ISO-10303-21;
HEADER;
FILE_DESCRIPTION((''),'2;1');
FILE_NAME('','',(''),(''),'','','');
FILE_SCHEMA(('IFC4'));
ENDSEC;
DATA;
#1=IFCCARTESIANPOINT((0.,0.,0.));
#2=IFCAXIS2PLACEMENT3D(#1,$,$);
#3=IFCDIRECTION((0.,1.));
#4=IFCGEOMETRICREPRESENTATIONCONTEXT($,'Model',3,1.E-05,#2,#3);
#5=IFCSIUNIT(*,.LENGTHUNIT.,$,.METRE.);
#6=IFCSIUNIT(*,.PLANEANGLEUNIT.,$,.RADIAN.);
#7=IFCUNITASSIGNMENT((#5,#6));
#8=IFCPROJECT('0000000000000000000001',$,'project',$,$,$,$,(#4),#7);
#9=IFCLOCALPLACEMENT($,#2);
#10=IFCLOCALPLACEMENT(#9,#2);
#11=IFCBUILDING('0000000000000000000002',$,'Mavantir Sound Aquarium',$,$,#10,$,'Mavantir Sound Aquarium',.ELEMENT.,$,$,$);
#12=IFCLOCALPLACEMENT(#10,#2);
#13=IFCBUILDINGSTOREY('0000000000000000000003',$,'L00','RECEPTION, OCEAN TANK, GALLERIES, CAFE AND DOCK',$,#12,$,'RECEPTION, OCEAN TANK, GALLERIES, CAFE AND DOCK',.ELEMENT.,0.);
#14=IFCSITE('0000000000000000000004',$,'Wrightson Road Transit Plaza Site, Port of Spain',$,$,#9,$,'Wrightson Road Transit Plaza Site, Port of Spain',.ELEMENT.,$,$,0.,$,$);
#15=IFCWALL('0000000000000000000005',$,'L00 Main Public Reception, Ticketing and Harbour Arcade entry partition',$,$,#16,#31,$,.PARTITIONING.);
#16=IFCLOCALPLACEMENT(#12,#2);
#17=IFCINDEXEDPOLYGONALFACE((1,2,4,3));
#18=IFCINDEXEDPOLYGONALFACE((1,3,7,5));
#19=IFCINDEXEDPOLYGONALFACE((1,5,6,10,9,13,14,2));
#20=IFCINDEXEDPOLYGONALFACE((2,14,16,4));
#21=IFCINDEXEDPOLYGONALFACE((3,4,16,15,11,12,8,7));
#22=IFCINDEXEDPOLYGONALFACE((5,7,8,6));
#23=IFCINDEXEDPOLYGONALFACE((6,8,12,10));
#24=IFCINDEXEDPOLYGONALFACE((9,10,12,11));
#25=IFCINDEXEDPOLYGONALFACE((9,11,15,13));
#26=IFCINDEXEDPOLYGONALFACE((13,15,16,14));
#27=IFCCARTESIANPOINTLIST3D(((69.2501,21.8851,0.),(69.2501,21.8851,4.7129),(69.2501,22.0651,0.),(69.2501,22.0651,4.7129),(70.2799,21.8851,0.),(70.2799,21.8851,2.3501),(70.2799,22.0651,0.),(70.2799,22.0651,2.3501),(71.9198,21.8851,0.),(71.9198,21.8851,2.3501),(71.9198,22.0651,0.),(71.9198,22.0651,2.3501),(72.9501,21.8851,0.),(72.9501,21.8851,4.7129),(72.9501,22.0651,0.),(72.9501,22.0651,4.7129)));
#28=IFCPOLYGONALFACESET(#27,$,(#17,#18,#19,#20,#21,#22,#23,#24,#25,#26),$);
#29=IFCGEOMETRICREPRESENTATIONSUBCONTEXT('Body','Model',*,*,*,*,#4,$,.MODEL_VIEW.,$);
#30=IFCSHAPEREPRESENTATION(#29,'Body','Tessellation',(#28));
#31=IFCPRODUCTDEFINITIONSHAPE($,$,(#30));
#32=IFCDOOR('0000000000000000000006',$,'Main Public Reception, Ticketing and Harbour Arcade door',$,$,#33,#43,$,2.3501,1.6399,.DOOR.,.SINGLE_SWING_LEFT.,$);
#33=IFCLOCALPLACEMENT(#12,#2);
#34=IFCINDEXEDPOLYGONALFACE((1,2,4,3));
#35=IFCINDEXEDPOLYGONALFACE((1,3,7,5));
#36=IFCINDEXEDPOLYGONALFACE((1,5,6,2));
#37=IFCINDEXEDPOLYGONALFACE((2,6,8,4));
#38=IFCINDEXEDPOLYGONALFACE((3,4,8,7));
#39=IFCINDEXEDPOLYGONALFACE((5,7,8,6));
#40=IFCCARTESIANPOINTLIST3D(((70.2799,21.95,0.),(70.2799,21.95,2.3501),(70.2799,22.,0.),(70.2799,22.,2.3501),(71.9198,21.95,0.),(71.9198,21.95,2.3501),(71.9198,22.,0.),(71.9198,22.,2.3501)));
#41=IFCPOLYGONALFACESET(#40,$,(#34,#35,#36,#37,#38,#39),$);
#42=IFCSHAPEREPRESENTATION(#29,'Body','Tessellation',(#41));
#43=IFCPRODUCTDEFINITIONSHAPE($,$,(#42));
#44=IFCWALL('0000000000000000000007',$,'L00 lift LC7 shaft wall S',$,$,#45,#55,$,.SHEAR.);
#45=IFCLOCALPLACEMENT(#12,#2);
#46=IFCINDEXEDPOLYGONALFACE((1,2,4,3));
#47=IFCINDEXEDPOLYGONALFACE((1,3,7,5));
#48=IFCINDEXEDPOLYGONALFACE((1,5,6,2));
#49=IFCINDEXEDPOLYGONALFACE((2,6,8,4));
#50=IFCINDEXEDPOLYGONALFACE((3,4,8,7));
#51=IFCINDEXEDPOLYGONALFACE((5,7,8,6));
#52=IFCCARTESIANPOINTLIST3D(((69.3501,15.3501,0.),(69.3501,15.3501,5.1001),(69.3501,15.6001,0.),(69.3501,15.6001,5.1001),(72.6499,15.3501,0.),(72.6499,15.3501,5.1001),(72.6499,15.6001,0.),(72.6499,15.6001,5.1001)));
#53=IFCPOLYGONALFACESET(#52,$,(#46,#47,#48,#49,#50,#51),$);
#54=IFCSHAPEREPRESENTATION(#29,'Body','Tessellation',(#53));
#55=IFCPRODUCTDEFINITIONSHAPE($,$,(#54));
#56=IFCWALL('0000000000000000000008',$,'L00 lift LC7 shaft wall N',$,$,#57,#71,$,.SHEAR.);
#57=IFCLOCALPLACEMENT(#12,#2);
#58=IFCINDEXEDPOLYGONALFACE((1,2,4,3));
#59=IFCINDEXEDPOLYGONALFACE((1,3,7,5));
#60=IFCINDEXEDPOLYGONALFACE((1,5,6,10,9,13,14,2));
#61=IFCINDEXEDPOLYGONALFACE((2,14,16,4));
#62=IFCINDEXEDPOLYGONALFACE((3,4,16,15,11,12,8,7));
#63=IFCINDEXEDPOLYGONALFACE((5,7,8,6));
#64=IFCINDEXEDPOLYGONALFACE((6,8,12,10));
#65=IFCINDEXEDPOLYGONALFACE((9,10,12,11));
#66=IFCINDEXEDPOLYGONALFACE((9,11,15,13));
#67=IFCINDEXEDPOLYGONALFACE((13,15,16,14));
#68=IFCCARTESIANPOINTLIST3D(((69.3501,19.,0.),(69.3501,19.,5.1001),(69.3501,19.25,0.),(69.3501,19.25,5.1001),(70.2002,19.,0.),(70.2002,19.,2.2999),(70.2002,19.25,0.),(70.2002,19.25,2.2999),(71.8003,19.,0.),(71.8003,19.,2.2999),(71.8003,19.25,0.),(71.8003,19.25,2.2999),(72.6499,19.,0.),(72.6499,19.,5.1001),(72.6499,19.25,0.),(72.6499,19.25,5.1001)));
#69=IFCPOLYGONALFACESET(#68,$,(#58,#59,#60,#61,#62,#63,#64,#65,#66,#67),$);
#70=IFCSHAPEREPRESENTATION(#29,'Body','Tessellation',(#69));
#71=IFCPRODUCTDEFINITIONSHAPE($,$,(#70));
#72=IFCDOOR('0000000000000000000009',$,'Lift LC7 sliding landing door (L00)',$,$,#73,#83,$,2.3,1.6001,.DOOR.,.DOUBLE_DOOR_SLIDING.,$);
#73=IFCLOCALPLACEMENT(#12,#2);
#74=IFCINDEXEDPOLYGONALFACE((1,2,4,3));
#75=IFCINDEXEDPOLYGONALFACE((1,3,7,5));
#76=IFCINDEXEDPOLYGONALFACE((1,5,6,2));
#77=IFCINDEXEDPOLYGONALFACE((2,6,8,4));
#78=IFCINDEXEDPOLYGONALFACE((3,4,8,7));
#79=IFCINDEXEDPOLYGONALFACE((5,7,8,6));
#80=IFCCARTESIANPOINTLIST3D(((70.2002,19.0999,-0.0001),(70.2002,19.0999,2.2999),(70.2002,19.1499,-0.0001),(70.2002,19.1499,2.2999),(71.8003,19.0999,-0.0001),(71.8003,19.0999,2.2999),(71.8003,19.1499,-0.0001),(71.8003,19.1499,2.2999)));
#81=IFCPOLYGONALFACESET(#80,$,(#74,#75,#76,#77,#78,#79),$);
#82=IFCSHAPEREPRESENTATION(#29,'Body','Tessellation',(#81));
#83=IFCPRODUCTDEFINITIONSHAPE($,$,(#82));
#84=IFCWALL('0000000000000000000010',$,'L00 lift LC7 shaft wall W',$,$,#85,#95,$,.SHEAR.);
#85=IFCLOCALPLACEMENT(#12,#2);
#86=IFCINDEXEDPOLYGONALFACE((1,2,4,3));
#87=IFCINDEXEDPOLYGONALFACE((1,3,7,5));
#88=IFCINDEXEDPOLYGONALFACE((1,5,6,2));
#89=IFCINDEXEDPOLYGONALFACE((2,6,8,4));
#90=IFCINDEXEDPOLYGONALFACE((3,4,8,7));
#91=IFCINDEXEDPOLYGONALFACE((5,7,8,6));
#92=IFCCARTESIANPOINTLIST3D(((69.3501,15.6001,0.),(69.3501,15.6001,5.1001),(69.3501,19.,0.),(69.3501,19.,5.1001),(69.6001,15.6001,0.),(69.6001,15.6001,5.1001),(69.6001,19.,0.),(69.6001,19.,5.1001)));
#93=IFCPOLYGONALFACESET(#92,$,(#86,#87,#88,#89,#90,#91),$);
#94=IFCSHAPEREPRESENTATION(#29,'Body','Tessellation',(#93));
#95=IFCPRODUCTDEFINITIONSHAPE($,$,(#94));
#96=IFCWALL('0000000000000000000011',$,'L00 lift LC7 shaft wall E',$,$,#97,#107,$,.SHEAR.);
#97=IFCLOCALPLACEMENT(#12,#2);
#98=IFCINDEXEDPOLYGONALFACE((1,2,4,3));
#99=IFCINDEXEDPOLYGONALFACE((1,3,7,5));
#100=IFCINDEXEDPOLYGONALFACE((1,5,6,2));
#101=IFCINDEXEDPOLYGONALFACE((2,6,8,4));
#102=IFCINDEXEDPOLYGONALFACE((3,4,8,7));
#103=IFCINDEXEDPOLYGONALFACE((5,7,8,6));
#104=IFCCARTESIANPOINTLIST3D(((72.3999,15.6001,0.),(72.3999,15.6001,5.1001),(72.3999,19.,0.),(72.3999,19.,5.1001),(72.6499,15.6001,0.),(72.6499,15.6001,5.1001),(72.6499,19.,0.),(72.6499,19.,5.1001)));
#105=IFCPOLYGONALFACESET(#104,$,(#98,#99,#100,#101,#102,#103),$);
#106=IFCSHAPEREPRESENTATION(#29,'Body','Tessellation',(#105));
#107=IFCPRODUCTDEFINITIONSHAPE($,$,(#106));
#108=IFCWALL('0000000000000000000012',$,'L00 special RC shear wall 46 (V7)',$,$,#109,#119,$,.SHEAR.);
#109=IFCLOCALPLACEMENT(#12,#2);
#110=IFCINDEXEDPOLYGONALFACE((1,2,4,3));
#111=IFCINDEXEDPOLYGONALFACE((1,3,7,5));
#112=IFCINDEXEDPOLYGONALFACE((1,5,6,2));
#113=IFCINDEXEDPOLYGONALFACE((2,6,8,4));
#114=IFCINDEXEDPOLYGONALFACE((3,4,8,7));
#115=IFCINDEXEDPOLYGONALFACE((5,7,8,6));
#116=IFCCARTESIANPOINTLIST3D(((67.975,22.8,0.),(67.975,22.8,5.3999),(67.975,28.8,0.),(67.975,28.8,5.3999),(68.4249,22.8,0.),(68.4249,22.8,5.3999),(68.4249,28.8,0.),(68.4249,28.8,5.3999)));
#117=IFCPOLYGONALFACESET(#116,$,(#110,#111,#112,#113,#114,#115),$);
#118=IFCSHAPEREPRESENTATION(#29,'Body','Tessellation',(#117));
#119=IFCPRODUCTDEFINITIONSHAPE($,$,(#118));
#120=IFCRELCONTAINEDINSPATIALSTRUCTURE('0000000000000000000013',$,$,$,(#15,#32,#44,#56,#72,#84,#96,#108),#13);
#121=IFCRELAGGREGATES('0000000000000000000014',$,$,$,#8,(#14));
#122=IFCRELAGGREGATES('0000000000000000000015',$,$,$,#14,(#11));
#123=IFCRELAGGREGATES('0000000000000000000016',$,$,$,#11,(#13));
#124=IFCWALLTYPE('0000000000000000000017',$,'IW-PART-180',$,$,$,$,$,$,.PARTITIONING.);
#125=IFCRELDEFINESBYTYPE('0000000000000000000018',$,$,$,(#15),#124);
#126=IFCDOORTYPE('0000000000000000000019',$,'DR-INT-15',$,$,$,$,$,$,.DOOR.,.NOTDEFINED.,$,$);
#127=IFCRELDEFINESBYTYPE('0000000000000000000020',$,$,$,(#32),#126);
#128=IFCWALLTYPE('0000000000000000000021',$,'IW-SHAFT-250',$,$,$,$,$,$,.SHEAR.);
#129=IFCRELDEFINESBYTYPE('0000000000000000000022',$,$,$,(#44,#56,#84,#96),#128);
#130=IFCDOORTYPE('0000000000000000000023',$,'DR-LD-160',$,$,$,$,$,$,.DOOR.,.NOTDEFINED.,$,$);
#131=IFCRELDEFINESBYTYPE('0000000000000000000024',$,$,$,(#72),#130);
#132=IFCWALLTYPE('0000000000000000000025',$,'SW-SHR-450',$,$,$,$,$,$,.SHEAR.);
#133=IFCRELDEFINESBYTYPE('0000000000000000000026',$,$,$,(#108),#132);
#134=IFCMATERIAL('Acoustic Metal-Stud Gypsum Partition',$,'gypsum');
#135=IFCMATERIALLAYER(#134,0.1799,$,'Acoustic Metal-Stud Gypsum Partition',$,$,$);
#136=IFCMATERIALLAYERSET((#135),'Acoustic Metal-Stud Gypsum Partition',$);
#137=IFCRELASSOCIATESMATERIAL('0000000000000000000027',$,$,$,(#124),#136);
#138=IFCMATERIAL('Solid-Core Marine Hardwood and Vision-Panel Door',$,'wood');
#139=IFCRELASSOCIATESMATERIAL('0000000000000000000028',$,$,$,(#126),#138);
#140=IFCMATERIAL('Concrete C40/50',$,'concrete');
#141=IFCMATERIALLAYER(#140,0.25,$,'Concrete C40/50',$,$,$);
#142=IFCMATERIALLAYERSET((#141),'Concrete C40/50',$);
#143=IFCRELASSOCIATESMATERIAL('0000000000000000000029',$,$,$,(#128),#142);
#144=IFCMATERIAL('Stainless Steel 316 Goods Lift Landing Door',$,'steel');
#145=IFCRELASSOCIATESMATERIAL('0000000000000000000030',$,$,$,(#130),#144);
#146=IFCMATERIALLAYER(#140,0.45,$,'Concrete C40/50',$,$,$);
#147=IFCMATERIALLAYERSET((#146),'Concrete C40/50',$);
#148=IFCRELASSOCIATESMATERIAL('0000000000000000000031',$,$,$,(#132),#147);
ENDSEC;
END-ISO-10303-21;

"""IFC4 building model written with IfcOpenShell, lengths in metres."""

from ifc_helpers import new_model, si_unit, direction, frame, frame_2d, origin, place, context, subcontext, project, spatial, rectangle, extrude, material, layer, layer_set, type_object, element, fill, save


model = new_model("IFC4")

# Units and contexts
model_context = context("Model", 3, precision=1e-05, world=origin(), true_north=direction((0.0, 1.0)))
body_context = subcontext(model_context, "Body", "Model", "MODEL_VIEW")
ifc_project = project(units=[si_unit("LENGTHUNIT", "METRE"), si_unit("PLANEANGLEUNIT", "RADIAN")], contexts=[model_context])

# Site, building, storey
site_placement = place(None, origin())
site = spatial("IfcSite", under=ifc_project, at=site_placement, Name="Wrightson Road Transit Plaza Site, Port of Spain", LongName="Wrightson Road Transit Plaza Site, Port of Spain", CompositionType="ELEMENT", RefElevation=0.0)
building_placement = place(site_placement, origin())
building = spatial("IfcBuilding", under=site, at=building_placement, Name="Mavantir Sound Aquarium", LongName="Mavantir Sound Aquarium", CompositionType="ELEMENT")
storey_placement = place(building_placement, origin())
storey = spatial("IfcBuildingStorey", under=building, at=storey_placement, Name="L00", Description="RECEPTION, OCEAN TANK, GALLERIES, CAFE AND DOCK", LongName="RECEPTION, OCEAN TANK, GALLERIES, CAFE AND DOCK", CompositionType="ELEMENT", Elevation=0.0)

# Shared definitions
ifc_material_1 = material(Name="Concrete C40/50", Category="concrete")

# Wall, opening, door
ifc_material_2 = material(Name="Acoustic Metal-Stud Gypsum Partition", Category="gypsum")
ifc_layer_1 = layer(ifc_material_2, 0.1799, Name="Acoustic Metal-Stud Gypsum Partition")
ifc_layer_set_1 = layer_set([ifc_layer_1], Name="Acoustic Metal-Stud Gypsum Partition")
wall_type_1 = type_object("IfcWallType", Name="IW-PART-180", PredefinedType="PARTITIONING", material=ifc_layer_set_1)
wall_1_placement = place(storey_placement, frame((69.25, 21.9751, 0.0), z_axis=(0.0, 0.0, 1.0), x_axis=(1.0, 0.0, 0.0)))
wall_1 = element("IfcWall", 1, at=wall_1_placement, inside=storey, type_object=wall_type_1, Name="L00 Main Public Reception, Ticketing and Harbour Arcade entry partition", PredefinedType="PARTITIONING", context=body_context, shape_type="SweptSolid", body=[
    extrude(rectangle(XDim=3.7, YDim=0.1799, at=frame_2d((1.8501, 0.0))), origin(), (0.0, 0.0, 1.0), 4.7129),
])
opening_1_placement = place(wall_1_placement, frame((1.03, 0.0, 0.0)))
opening_1 = element("IfcOpeningElement", 2, at=opening_1_placement, cuts=wall_1, PredefinedType="OPENING", context=body_context, shape_type="SweptSolid", body=[
    extrude(rectangle(XDim=1.6399, YDim=2.3501, at=frame_2d((0.8198, 1.175))), frame((0.0, 0.1001, 0.0), z_axis=(0.0, -1.0, 0.0), x_axis=(1.0, 0.0, 0.0)), (0.0, 0.0, 1.0), 0.2),
])
ifc_material_3 = material(Name="Solid-Core Marine Hardwood and Vision-Panel Door", Category="wood")
door_type_1 = type_object("IfcDoorType", Name="DR-INT-15", OperationType="NOTDEFINED", PredefinedType="DOOR", material=ifc_material_3)
door_1_placement = place(opening_1_placement, origin())
door_1 = element("IfcDoor", 3, at=door_1_placement, inside=storey, type_object=door_type_1, Name="Main Public Reception, Ticketing and Harbour Arcade door", OperationType="SINGLE_SWING_LEFT", OverallHeight=2.3501, OverallWidth=1.6399, PredefinedType="DOOR", context=body_context, shape_type="SweptSolid", body=[
    extrude(rectangle(XDim=1.6399, YDim=2.3501, at=frame_2d((0.8198, 1.175))), frame((0.0, 0.0249, 0.0), z_axis=(0.0, -1.0, 0.0), x_axis=(1.0, 0.0, 0.0)), (0.0, 0.0, 1.0), 0.05),
])
fill(opening_1, door_1)

# Wall
ifc_layer_2 = layer(ifc_material_1, 0.25, Name="Concrete C40/50")
ifc_layer_set_2 = layer_set([ifc_layer_2], Name="Concrete C40/50")
wall_type_2 = type_object("IfcWallType", Name="IW-SHAFT-250", PredefinedType="SHEAR", material=ifc_layer_set_2)
wall_2_placement = place(storey_placement, frame((69.3501, 15.4751, 0.0), z_axis=(0.0, 0.0, 1.0), x_axis=(1.0, 0.0, 0.0)))
element("IfcWall", 4, at=wall_2_placement, inside=storey, type_object=wall_type_2, Name="L00 lift LC7 shaft wall S", PredefinedType="SHEAR", context=body_context, shape_type="SweptSolid", body=[
    extrude(rectangle(XDim=3.2998, YDim=0.25, at=frame_2d((1.6499, 0.0))), origin(), (0.0, 0.0, 1.0), 5.1001),
])

# Wall, opening, door
wall_3_placement = place(storey_placement, frame((69.3501, 19.125, 0.0), z_axis=(0.0, 0.0, 1.0), x_axis=(1.0, 0.0, 0.0)))
wall_3 = element("IfcWall", 5, at=wall_3_placement, inside=storey, type_object=wall_type_2, Name="L00 lift LC7 shaft wall N", PredefinedType="SHEAR", context=body_context, shape_type="SweptSolid", body=[
    extrude(rectangle(XDim=3.2998, YDim=0.25, at=frame_2d((1.6499, 0.0))), origin(), (0.0, 0.0, 1.0), 5.1001),
])
opening_2_placement = place(wall_3_placement, frame((0.8501, 0.0, 0.0)))
opening_2 = element("IfcOpeningElement", 6, at=opening_2_placement, cuts=wall_3, PredefinedType="OPENING", context=body_context, shape_type="SweptSolid", body=[
    extrude(rectangle(XDim=1.6001, YDim=2.3, at=frame_2d((0.8, 1.1499))), frame((0.0, 0.135, 0.0), z_axis=(0.0, -1.0, 0.0), x_axis=(1.0, 0.0, 0.0)), (0.0, 0.0, 1.0), 0.27),
])
ifc_material_4 = material(Name="Stainless Steel 316 Goods Lift Landing Door", Category="steel")
door_type_2 = type_object("IfcDoorType", Name="DR-LD-160", OperationType="NOTDEFINED", PredefinedType="DOOR", material=ifc_material_4)
door_2_placement = place(opening_2_placement, origin())
door_2 = element("IfcDoor", 7, at=door_2_placement, inside=storey, type_object=door_type_2, Name="Lift LC7 sliding landing door (L00)", OperationType="DOUBLE_DOOR_SLIDING", OverallHeight=2.3, OverallWidth=1.6001, PredefinedType="DOOR", context=body_context, shape_type="SweptSolid", body=[
    extrude(rectangle(XDim=1.6001, YDim=2.3, at=frame_2d((0.8, 1.1499))), frame((0.0, 0.0249, 0.0), z_axis=(0.0, -1.0, 0.0), x_axis=(1.0, 0.0, 0.0)), (0.0, 0.0, 1.0), 0.05),
])
fill(opening_2, door_2)

# Walls
for number, where, z_axis, x_axis, name in (
    (8, (69.4751, 15.6001, 0.0), (0.0, 0.0, 1.0), (0.0, 1.0, 0.0), "L00 lift LC7 shaft wall W"),
    (9, (72.5249, 15.6001, 0.0), (0.0, 0.0, 1.0), (0.0, 1.0, 0.0), "L00 lift LC7 shaft wall E"),
):
    element("IfcWall", number, at=place(storey_placement, frame(where, z_axis=z_axis, x_axis=x_axis)), inside=storey, type_object=wall_type_2, Name=name, PredefinedType="SHEAR", context=body_context, shape_type="SweptSolid", body=[
        extrude(rectangle(XDim=3.3999, YDim=0.25, at=frame_2d((1.7, 0.0))), origin(), (0.0, 0.0, 1.0), 5.1001),
    ])
ifc_layer_3 = layer(ifc_material_1, 0.45, Name="Concrete C40/50")
ifc_layer_set_3 = layer_set([ifc_layer_3], Name="Concrete C40/50")
wall_type_3 = type_object("IfcWallType", Name="SW-SHR-450", PredefinedType="SHEAR", material=ifc_layer_set_3)
wall_4_placement = place(storey_placement, frame((68.2, 22.8, 0.0), z_axis=(0.0, 0.0, 1.0), x_axis=(0.0, 1.0, 0.0)))
element("IfcWall", 10, at=wall_4_placement, inside=storey, type_object=wall_type_3, Name="L00 special RC shear wall 46 (V7)", PredefinedType="SHEAR", context=body_context, shape_type="SweptSolid", body=[
    extrude(rectangle(XDim=6.0, YDim=0.45, at=frame_2d((3.0, 0.0))), origin(), (0.0, 0.0, 1.0), 5.3999),
])

save(model, "model.ifc")
